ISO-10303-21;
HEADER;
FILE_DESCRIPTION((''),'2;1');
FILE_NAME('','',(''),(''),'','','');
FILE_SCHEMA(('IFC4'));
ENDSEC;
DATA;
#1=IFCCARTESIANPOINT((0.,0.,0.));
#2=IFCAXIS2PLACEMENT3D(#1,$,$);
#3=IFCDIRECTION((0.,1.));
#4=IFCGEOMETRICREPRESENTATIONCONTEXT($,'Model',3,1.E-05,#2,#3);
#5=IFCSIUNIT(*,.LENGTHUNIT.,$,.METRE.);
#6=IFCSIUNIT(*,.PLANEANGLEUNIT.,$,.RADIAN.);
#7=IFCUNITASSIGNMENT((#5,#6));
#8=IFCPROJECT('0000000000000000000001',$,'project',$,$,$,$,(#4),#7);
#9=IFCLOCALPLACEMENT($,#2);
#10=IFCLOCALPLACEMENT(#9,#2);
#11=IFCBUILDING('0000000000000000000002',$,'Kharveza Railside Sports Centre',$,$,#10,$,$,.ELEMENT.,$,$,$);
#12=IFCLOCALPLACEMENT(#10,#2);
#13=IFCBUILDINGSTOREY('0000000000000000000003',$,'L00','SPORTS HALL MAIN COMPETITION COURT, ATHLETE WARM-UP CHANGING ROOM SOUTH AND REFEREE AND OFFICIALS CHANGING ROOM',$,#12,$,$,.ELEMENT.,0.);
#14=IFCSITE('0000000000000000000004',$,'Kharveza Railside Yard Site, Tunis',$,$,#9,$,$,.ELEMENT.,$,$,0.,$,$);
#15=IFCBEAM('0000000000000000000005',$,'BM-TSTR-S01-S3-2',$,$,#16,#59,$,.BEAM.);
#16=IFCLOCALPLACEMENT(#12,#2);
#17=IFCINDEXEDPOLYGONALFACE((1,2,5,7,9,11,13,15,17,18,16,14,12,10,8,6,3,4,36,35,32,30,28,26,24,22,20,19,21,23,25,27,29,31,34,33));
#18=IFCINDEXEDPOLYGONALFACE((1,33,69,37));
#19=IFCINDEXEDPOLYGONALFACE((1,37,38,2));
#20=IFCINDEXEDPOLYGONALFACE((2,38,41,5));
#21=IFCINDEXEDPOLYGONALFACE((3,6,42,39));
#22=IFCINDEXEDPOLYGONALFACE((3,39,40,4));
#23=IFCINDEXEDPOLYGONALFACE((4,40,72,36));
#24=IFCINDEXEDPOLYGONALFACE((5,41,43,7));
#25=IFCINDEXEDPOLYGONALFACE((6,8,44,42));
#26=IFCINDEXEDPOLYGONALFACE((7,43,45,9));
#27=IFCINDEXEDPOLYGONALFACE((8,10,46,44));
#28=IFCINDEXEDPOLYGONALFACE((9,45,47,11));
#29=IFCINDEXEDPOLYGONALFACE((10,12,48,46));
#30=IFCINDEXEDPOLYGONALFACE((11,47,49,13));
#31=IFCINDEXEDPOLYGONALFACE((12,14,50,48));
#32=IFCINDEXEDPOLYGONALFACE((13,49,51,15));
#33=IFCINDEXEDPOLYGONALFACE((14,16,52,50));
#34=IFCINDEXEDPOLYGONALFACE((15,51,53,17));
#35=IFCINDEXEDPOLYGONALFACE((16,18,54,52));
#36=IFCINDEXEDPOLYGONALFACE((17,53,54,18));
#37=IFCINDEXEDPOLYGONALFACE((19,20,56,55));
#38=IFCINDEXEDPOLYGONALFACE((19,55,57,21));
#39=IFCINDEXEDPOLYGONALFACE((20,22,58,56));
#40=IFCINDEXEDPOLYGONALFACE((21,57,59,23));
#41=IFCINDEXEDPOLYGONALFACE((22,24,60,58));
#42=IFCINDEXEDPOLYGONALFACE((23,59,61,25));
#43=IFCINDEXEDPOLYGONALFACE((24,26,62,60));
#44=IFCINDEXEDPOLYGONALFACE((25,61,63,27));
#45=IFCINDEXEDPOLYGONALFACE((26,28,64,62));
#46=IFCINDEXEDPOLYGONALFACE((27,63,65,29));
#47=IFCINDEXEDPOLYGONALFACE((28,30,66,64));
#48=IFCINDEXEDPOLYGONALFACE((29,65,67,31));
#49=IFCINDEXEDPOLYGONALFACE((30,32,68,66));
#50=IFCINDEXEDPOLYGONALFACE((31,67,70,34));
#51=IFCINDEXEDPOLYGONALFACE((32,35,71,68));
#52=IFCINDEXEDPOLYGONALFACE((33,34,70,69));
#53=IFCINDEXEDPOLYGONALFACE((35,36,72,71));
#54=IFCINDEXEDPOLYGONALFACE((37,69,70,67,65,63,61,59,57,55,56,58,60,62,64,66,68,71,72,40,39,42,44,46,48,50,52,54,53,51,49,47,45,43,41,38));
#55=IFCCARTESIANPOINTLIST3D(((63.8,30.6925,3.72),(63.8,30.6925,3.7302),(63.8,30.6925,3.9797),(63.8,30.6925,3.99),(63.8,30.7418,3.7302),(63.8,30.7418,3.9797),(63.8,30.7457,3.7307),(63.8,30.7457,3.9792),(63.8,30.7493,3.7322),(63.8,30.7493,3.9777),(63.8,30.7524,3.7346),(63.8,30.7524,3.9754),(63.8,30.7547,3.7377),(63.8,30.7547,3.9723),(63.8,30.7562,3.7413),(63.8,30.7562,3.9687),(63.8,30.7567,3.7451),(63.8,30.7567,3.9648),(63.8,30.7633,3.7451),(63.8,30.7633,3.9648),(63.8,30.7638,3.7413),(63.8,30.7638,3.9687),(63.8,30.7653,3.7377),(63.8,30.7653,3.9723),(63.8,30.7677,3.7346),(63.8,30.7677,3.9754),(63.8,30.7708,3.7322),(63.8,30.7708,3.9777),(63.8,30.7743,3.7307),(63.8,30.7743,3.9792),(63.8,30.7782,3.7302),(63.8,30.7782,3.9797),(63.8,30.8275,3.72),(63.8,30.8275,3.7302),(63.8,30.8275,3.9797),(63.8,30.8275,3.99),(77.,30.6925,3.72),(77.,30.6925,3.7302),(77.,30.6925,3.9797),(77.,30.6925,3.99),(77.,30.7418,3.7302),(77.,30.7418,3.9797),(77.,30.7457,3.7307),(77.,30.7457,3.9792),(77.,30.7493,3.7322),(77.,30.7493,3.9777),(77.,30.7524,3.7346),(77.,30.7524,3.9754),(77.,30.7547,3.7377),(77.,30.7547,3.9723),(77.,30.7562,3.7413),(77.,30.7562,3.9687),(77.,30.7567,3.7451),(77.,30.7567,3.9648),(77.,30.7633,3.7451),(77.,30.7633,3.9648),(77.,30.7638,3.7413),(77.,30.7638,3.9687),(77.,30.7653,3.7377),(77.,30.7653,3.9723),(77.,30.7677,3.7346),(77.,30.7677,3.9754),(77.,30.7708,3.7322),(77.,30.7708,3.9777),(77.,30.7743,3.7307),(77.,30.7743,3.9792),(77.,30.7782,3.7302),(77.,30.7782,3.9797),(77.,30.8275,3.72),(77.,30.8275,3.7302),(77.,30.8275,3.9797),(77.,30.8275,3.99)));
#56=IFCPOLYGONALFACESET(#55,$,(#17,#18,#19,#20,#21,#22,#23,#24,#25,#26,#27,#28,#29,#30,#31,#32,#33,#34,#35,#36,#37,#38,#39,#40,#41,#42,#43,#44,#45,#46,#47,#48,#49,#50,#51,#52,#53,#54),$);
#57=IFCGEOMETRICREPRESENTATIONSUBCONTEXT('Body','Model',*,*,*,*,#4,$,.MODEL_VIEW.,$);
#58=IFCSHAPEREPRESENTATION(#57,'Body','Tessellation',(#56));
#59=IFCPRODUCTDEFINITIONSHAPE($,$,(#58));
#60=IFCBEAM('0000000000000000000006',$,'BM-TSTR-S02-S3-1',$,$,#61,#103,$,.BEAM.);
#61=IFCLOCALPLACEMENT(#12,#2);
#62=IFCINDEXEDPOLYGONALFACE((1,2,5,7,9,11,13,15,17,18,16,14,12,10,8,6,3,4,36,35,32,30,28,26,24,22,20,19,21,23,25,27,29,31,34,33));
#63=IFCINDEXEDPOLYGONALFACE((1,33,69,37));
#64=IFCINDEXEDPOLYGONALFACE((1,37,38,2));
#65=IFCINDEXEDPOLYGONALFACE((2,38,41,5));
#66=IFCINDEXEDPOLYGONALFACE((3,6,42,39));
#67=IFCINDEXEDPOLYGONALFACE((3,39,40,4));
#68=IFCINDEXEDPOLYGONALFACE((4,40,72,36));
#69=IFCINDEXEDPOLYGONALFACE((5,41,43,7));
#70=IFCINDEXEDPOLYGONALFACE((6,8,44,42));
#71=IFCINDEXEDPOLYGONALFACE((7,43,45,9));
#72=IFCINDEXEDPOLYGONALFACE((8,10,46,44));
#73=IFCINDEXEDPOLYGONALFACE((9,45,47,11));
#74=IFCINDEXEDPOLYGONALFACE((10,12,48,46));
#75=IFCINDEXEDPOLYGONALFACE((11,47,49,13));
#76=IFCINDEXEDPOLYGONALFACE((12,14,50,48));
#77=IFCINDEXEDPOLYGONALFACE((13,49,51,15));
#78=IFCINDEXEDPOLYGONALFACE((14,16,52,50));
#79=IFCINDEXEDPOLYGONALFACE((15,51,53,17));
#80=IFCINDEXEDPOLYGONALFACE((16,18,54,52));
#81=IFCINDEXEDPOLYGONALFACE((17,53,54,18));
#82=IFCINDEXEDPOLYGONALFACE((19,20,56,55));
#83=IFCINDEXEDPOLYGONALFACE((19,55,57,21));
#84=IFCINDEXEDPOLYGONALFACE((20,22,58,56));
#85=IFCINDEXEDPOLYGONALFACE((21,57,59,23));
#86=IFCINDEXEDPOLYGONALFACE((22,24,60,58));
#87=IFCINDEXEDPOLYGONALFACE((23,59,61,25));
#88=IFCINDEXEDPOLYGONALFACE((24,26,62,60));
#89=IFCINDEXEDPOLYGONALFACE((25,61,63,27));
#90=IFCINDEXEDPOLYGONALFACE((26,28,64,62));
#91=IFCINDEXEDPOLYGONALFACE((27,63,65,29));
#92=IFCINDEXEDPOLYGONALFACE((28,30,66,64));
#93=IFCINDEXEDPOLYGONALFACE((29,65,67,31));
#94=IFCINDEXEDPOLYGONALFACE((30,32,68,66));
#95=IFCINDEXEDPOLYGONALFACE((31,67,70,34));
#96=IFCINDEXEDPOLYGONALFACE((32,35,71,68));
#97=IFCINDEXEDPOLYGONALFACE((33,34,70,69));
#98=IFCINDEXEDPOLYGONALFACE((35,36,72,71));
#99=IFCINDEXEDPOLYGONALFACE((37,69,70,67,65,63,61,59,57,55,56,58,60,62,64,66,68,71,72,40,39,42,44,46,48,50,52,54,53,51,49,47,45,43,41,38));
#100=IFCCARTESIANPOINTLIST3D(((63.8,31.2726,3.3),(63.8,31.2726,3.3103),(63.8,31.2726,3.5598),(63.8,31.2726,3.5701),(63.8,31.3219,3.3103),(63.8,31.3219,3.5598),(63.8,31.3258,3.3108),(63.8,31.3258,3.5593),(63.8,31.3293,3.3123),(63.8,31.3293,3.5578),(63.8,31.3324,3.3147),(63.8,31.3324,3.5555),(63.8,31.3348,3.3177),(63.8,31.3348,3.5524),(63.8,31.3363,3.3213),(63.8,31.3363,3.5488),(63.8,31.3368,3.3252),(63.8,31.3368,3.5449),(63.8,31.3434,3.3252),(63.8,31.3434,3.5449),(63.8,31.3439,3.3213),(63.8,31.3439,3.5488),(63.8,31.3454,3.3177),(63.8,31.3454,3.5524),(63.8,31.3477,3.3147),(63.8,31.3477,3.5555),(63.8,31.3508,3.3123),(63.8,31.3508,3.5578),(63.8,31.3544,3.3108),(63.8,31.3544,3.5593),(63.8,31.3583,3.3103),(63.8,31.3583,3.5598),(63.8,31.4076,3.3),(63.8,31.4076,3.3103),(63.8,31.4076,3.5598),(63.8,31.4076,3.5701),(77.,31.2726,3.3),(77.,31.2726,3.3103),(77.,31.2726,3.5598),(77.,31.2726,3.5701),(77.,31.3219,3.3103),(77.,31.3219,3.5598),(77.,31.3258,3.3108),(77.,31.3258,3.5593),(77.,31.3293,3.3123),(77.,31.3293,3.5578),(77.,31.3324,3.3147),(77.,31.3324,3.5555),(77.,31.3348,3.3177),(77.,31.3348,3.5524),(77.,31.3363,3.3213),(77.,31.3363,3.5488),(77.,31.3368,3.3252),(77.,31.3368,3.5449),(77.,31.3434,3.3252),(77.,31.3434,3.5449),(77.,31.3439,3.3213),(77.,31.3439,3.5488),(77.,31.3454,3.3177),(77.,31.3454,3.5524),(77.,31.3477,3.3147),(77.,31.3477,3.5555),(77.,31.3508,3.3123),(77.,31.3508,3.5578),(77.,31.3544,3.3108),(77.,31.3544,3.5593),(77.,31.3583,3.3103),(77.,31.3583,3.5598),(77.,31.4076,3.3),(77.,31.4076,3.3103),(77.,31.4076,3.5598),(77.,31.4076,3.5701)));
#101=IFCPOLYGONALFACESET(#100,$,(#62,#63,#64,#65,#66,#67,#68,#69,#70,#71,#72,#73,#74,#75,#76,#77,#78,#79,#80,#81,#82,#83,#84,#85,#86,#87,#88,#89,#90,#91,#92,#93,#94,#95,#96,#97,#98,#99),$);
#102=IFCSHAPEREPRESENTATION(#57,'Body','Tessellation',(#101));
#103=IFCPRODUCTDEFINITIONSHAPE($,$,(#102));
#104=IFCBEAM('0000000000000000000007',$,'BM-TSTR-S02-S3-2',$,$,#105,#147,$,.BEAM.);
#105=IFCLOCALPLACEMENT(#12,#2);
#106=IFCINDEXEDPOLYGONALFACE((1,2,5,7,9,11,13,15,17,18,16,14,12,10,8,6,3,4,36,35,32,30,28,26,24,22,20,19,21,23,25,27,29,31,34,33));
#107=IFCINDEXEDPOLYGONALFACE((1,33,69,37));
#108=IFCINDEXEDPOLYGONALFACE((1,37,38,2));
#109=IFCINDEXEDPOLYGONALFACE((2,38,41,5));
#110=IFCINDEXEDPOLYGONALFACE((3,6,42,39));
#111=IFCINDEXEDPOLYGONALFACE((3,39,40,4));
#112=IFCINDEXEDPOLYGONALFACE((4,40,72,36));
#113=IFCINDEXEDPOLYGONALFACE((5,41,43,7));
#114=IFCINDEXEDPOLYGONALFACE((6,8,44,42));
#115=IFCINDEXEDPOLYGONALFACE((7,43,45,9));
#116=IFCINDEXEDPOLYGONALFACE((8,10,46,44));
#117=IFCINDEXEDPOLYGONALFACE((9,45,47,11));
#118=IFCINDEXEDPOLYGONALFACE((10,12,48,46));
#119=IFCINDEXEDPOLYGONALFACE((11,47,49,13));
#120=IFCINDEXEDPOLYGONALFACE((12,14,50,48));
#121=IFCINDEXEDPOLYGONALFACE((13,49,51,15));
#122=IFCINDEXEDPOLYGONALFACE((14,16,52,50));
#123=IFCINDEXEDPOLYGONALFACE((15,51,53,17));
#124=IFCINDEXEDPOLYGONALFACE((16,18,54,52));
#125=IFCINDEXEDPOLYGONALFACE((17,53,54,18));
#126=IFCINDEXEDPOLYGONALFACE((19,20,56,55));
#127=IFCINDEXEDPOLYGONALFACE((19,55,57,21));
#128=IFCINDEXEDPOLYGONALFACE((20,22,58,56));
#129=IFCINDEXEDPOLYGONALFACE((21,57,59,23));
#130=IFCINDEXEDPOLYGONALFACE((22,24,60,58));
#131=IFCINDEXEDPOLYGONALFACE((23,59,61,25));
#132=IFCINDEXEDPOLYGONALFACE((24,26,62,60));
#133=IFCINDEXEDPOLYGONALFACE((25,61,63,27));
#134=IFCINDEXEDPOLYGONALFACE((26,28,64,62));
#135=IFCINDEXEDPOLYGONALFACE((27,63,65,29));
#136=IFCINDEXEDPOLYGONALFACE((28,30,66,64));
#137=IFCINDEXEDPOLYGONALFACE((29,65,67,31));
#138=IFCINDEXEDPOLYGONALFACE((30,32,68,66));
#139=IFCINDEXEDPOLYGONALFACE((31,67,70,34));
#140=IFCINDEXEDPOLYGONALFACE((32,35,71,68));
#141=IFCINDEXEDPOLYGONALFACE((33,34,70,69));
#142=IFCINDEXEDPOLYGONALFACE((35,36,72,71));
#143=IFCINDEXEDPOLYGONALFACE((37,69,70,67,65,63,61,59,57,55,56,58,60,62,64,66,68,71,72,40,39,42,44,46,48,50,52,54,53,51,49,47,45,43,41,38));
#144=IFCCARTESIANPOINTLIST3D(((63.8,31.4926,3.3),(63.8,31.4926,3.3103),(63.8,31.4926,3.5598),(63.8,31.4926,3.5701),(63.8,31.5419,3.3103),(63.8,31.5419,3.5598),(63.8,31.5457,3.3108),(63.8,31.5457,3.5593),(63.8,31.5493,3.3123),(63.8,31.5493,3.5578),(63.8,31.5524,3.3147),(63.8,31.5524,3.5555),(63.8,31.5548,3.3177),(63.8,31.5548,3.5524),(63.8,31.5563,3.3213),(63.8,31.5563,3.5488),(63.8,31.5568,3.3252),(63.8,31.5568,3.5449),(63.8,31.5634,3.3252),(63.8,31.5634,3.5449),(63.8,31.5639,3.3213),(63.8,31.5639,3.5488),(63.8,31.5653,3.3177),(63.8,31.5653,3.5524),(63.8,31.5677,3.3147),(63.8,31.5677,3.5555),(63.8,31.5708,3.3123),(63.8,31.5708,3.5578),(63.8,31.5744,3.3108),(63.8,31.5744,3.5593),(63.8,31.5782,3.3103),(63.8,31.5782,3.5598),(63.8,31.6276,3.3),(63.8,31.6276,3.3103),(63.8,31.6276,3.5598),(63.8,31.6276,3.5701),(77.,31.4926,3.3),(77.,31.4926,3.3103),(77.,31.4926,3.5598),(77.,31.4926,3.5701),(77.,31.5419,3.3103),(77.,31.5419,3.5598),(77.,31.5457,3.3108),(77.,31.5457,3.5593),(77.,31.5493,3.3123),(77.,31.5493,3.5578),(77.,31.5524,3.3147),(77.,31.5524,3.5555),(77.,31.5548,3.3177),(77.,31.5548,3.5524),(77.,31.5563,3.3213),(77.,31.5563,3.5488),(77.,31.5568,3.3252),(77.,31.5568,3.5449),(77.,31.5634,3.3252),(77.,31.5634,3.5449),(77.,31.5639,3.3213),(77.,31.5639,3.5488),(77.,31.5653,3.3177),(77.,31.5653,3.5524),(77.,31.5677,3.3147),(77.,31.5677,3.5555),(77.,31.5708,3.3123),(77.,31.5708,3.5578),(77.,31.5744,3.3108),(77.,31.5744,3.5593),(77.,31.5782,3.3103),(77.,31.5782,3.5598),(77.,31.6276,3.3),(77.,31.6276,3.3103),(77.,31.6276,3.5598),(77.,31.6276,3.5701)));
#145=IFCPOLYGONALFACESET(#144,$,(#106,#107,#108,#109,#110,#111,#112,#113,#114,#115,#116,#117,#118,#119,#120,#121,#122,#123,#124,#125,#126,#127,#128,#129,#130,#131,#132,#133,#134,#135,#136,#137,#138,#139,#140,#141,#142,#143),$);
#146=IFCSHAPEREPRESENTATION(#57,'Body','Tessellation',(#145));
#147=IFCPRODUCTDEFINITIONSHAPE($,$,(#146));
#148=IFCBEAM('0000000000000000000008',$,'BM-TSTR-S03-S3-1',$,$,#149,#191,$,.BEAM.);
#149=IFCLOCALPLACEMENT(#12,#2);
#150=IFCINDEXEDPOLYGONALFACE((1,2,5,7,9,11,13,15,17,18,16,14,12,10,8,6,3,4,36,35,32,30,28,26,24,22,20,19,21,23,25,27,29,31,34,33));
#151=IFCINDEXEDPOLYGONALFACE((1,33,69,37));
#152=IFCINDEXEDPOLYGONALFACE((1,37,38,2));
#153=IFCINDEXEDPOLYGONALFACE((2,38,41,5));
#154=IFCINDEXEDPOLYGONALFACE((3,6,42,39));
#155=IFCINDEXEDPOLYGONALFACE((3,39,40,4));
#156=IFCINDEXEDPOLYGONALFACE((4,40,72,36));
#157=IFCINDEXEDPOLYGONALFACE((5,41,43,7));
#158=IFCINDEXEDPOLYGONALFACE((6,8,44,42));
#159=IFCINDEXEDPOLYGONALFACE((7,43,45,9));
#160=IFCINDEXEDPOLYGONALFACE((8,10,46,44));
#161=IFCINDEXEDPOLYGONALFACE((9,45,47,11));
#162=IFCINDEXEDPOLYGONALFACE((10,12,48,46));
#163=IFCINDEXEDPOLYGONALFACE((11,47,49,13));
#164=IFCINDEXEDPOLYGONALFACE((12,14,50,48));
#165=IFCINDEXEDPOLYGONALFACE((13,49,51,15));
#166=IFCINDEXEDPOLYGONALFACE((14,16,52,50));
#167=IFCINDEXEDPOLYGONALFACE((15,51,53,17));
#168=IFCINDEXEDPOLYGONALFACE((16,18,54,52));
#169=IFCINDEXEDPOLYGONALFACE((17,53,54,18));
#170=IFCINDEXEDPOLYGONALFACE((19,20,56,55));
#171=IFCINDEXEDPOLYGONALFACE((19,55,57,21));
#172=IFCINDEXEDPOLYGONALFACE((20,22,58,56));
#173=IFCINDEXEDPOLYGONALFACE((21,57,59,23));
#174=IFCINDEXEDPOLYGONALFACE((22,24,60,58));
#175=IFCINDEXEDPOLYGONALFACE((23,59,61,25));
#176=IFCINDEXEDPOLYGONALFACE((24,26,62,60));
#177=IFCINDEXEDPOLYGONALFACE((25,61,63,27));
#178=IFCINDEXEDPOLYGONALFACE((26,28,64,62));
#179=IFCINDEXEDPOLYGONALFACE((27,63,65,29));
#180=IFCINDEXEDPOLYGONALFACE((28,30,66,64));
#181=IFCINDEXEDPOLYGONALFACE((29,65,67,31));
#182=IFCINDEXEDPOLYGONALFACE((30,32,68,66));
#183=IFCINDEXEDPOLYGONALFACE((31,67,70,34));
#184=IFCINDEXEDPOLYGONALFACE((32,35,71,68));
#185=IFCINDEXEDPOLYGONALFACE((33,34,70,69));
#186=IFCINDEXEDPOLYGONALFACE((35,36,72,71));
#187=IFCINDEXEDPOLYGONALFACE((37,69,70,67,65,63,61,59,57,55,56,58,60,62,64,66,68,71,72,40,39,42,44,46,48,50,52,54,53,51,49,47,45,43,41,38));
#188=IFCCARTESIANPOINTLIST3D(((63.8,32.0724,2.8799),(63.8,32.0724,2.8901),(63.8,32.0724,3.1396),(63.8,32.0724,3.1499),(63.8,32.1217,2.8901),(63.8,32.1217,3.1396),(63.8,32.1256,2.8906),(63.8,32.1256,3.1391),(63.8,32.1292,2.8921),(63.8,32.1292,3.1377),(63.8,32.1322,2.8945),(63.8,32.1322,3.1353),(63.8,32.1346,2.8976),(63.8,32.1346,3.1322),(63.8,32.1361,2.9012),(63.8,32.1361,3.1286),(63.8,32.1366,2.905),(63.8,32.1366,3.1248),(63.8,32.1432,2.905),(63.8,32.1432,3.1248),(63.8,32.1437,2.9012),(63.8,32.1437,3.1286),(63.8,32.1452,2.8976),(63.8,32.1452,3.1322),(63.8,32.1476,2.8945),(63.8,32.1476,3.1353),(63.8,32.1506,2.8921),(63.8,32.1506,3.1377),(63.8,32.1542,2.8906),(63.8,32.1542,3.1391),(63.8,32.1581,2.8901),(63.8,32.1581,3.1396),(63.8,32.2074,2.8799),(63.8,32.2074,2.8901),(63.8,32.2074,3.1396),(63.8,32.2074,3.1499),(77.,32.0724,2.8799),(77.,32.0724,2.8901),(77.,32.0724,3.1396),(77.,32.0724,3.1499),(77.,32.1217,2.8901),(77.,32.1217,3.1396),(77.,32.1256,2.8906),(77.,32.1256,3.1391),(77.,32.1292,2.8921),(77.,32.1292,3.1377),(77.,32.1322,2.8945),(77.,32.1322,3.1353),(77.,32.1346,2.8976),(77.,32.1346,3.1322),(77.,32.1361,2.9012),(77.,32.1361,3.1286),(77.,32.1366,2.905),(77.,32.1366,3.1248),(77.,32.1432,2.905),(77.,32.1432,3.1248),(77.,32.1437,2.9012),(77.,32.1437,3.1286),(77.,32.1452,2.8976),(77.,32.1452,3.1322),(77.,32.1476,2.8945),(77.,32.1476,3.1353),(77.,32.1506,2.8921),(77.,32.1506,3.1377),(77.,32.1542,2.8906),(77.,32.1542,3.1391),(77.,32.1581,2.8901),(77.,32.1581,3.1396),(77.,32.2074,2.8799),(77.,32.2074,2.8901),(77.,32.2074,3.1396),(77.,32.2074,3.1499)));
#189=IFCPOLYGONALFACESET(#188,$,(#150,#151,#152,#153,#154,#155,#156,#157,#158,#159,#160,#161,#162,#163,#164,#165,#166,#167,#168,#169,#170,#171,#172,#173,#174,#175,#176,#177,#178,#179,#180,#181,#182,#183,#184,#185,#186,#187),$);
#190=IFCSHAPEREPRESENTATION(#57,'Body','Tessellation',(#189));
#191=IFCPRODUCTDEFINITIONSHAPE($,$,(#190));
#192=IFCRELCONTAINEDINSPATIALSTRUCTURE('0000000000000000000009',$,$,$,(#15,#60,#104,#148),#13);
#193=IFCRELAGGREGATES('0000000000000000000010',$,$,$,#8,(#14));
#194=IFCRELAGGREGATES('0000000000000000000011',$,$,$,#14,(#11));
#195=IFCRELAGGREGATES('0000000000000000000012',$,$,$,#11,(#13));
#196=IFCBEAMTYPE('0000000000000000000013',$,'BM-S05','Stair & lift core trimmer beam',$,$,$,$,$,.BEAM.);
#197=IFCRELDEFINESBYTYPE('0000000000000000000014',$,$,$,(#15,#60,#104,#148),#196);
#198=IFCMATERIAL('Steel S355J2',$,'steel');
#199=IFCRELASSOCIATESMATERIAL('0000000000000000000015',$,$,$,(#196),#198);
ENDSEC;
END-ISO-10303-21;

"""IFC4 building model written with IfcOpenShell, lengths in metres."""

from ifc_helpers import new_model, si_unit, direction, frame, origin, origin_2d, place, context, subcontext, project, spatial, i_section, extrude, material, material_profile, profile_set, type_object, element, save


model = new_model("IFC4")

# Units and contexts
model_context = context("Model", 3, precision=1e-05, world=origin(), true_north=direction((0.0, 1.0)))
body_context = subcontext(model_context, "Body", "Model", "MODEL_VIEW")
ifc_project = project(units=[si_unit("LENGTHUNIT", "METRE"), si_unit("PLANEANGLEUNIT", "RADIAN")], contexts=[model_context])

# Site, building, storey
site_placement = place(None, origin())
site = spatial("IfcSite", under=ifc_project, at=site_placement, Name="Kharveza Railside Yard Site, Tunis", CompositionType="ELEMENT", RefElevation=0.0)
building_placement = place(site_placement, origin())
building = spatial("IfcBuilding", under=site, at=building_placement, Name="Kharveza Railside Sports Centre", CompositionType="ELEMENT")
storey_placement = place(building_placement, origin())
storey = spatial("IfcBuildingStorey", under=building, at=storey_placement, Name="L00", Description="SPORTS HALL MAIN COMPETITION COURT, ATHLETE WARM-UP CHANGING ROOM SOUTH AND REFEREE AND OFFICIALS CHANGING ROOM", CompositionType="ELEMENT", Elevation=0.0)

# Shared definitions
ifc_material_1 = material(Name="Steel S355J2", Category="steel")

# Beams
ifc_material_profile_1 = material_profile(ifc_material_1, i_section(OverallWidth=0.135, OverallDepth=0.27, WebThickness=0.0066, FlangeThickness=0.0103, FilletRadius=0.0149, at=origin_2d()), Name="IPE 270")
ifc_profile_set_1 = profile_set([ifc_material_profile_1], Name="Steel S355J2")
beam_type_1 = type_object("IfcBeamType", Name="BM-S05", Description="Stair & lift core trimmer beam", PredefinedType="BEAM", material=ifc_profile_set_1)
for number, where, z_axis, x_axis, name in (
    (1, (63.8, 30.76, 3.855), (1.0, 0.0, 0.0), (0.0, 1.0, 0.0), "BM-TSTR-S01-S3-2"),
    (2, (63.8, 31.3401, 3.4351), (1.0, 0.0, 0.0), (0.0, 1.0, 0.0), "BM-TSTR-S02-S3-1"),
    (3, (63.8, 31.5601, 3.4351), (1.0, 0.0, 0.0), (0.0, 1.0, 0.0), "BM-TSTR-S02-S3-2"),
    (4, (63.8, 32.1399, 3.0149), (1.0, 0.0, 0.0), (0.0, 1.0, 0.0), "BM-TSTR-S03-S3-1"),
):
    element("IfcBeam", number, at=place(storey_placement, frame(where, z_axis=z_axis, x_axis=x_axis)), inside=storey, type_object=beam_type_1, Name=name, PredefinedType="BEAM", context=body_context, shape_type="SweptSolid", body=[
        extrude(i_section(OverallWidth=0.135, OverallDepth=0.27, WebThickness=0.0066, FlangeThickness=0.0103, FilletRadius=0.0149, at=origin_2d()), origin(), (0.0, 0.0, 1.0), 13.2),
    ])

save(model, "model.ifc")
